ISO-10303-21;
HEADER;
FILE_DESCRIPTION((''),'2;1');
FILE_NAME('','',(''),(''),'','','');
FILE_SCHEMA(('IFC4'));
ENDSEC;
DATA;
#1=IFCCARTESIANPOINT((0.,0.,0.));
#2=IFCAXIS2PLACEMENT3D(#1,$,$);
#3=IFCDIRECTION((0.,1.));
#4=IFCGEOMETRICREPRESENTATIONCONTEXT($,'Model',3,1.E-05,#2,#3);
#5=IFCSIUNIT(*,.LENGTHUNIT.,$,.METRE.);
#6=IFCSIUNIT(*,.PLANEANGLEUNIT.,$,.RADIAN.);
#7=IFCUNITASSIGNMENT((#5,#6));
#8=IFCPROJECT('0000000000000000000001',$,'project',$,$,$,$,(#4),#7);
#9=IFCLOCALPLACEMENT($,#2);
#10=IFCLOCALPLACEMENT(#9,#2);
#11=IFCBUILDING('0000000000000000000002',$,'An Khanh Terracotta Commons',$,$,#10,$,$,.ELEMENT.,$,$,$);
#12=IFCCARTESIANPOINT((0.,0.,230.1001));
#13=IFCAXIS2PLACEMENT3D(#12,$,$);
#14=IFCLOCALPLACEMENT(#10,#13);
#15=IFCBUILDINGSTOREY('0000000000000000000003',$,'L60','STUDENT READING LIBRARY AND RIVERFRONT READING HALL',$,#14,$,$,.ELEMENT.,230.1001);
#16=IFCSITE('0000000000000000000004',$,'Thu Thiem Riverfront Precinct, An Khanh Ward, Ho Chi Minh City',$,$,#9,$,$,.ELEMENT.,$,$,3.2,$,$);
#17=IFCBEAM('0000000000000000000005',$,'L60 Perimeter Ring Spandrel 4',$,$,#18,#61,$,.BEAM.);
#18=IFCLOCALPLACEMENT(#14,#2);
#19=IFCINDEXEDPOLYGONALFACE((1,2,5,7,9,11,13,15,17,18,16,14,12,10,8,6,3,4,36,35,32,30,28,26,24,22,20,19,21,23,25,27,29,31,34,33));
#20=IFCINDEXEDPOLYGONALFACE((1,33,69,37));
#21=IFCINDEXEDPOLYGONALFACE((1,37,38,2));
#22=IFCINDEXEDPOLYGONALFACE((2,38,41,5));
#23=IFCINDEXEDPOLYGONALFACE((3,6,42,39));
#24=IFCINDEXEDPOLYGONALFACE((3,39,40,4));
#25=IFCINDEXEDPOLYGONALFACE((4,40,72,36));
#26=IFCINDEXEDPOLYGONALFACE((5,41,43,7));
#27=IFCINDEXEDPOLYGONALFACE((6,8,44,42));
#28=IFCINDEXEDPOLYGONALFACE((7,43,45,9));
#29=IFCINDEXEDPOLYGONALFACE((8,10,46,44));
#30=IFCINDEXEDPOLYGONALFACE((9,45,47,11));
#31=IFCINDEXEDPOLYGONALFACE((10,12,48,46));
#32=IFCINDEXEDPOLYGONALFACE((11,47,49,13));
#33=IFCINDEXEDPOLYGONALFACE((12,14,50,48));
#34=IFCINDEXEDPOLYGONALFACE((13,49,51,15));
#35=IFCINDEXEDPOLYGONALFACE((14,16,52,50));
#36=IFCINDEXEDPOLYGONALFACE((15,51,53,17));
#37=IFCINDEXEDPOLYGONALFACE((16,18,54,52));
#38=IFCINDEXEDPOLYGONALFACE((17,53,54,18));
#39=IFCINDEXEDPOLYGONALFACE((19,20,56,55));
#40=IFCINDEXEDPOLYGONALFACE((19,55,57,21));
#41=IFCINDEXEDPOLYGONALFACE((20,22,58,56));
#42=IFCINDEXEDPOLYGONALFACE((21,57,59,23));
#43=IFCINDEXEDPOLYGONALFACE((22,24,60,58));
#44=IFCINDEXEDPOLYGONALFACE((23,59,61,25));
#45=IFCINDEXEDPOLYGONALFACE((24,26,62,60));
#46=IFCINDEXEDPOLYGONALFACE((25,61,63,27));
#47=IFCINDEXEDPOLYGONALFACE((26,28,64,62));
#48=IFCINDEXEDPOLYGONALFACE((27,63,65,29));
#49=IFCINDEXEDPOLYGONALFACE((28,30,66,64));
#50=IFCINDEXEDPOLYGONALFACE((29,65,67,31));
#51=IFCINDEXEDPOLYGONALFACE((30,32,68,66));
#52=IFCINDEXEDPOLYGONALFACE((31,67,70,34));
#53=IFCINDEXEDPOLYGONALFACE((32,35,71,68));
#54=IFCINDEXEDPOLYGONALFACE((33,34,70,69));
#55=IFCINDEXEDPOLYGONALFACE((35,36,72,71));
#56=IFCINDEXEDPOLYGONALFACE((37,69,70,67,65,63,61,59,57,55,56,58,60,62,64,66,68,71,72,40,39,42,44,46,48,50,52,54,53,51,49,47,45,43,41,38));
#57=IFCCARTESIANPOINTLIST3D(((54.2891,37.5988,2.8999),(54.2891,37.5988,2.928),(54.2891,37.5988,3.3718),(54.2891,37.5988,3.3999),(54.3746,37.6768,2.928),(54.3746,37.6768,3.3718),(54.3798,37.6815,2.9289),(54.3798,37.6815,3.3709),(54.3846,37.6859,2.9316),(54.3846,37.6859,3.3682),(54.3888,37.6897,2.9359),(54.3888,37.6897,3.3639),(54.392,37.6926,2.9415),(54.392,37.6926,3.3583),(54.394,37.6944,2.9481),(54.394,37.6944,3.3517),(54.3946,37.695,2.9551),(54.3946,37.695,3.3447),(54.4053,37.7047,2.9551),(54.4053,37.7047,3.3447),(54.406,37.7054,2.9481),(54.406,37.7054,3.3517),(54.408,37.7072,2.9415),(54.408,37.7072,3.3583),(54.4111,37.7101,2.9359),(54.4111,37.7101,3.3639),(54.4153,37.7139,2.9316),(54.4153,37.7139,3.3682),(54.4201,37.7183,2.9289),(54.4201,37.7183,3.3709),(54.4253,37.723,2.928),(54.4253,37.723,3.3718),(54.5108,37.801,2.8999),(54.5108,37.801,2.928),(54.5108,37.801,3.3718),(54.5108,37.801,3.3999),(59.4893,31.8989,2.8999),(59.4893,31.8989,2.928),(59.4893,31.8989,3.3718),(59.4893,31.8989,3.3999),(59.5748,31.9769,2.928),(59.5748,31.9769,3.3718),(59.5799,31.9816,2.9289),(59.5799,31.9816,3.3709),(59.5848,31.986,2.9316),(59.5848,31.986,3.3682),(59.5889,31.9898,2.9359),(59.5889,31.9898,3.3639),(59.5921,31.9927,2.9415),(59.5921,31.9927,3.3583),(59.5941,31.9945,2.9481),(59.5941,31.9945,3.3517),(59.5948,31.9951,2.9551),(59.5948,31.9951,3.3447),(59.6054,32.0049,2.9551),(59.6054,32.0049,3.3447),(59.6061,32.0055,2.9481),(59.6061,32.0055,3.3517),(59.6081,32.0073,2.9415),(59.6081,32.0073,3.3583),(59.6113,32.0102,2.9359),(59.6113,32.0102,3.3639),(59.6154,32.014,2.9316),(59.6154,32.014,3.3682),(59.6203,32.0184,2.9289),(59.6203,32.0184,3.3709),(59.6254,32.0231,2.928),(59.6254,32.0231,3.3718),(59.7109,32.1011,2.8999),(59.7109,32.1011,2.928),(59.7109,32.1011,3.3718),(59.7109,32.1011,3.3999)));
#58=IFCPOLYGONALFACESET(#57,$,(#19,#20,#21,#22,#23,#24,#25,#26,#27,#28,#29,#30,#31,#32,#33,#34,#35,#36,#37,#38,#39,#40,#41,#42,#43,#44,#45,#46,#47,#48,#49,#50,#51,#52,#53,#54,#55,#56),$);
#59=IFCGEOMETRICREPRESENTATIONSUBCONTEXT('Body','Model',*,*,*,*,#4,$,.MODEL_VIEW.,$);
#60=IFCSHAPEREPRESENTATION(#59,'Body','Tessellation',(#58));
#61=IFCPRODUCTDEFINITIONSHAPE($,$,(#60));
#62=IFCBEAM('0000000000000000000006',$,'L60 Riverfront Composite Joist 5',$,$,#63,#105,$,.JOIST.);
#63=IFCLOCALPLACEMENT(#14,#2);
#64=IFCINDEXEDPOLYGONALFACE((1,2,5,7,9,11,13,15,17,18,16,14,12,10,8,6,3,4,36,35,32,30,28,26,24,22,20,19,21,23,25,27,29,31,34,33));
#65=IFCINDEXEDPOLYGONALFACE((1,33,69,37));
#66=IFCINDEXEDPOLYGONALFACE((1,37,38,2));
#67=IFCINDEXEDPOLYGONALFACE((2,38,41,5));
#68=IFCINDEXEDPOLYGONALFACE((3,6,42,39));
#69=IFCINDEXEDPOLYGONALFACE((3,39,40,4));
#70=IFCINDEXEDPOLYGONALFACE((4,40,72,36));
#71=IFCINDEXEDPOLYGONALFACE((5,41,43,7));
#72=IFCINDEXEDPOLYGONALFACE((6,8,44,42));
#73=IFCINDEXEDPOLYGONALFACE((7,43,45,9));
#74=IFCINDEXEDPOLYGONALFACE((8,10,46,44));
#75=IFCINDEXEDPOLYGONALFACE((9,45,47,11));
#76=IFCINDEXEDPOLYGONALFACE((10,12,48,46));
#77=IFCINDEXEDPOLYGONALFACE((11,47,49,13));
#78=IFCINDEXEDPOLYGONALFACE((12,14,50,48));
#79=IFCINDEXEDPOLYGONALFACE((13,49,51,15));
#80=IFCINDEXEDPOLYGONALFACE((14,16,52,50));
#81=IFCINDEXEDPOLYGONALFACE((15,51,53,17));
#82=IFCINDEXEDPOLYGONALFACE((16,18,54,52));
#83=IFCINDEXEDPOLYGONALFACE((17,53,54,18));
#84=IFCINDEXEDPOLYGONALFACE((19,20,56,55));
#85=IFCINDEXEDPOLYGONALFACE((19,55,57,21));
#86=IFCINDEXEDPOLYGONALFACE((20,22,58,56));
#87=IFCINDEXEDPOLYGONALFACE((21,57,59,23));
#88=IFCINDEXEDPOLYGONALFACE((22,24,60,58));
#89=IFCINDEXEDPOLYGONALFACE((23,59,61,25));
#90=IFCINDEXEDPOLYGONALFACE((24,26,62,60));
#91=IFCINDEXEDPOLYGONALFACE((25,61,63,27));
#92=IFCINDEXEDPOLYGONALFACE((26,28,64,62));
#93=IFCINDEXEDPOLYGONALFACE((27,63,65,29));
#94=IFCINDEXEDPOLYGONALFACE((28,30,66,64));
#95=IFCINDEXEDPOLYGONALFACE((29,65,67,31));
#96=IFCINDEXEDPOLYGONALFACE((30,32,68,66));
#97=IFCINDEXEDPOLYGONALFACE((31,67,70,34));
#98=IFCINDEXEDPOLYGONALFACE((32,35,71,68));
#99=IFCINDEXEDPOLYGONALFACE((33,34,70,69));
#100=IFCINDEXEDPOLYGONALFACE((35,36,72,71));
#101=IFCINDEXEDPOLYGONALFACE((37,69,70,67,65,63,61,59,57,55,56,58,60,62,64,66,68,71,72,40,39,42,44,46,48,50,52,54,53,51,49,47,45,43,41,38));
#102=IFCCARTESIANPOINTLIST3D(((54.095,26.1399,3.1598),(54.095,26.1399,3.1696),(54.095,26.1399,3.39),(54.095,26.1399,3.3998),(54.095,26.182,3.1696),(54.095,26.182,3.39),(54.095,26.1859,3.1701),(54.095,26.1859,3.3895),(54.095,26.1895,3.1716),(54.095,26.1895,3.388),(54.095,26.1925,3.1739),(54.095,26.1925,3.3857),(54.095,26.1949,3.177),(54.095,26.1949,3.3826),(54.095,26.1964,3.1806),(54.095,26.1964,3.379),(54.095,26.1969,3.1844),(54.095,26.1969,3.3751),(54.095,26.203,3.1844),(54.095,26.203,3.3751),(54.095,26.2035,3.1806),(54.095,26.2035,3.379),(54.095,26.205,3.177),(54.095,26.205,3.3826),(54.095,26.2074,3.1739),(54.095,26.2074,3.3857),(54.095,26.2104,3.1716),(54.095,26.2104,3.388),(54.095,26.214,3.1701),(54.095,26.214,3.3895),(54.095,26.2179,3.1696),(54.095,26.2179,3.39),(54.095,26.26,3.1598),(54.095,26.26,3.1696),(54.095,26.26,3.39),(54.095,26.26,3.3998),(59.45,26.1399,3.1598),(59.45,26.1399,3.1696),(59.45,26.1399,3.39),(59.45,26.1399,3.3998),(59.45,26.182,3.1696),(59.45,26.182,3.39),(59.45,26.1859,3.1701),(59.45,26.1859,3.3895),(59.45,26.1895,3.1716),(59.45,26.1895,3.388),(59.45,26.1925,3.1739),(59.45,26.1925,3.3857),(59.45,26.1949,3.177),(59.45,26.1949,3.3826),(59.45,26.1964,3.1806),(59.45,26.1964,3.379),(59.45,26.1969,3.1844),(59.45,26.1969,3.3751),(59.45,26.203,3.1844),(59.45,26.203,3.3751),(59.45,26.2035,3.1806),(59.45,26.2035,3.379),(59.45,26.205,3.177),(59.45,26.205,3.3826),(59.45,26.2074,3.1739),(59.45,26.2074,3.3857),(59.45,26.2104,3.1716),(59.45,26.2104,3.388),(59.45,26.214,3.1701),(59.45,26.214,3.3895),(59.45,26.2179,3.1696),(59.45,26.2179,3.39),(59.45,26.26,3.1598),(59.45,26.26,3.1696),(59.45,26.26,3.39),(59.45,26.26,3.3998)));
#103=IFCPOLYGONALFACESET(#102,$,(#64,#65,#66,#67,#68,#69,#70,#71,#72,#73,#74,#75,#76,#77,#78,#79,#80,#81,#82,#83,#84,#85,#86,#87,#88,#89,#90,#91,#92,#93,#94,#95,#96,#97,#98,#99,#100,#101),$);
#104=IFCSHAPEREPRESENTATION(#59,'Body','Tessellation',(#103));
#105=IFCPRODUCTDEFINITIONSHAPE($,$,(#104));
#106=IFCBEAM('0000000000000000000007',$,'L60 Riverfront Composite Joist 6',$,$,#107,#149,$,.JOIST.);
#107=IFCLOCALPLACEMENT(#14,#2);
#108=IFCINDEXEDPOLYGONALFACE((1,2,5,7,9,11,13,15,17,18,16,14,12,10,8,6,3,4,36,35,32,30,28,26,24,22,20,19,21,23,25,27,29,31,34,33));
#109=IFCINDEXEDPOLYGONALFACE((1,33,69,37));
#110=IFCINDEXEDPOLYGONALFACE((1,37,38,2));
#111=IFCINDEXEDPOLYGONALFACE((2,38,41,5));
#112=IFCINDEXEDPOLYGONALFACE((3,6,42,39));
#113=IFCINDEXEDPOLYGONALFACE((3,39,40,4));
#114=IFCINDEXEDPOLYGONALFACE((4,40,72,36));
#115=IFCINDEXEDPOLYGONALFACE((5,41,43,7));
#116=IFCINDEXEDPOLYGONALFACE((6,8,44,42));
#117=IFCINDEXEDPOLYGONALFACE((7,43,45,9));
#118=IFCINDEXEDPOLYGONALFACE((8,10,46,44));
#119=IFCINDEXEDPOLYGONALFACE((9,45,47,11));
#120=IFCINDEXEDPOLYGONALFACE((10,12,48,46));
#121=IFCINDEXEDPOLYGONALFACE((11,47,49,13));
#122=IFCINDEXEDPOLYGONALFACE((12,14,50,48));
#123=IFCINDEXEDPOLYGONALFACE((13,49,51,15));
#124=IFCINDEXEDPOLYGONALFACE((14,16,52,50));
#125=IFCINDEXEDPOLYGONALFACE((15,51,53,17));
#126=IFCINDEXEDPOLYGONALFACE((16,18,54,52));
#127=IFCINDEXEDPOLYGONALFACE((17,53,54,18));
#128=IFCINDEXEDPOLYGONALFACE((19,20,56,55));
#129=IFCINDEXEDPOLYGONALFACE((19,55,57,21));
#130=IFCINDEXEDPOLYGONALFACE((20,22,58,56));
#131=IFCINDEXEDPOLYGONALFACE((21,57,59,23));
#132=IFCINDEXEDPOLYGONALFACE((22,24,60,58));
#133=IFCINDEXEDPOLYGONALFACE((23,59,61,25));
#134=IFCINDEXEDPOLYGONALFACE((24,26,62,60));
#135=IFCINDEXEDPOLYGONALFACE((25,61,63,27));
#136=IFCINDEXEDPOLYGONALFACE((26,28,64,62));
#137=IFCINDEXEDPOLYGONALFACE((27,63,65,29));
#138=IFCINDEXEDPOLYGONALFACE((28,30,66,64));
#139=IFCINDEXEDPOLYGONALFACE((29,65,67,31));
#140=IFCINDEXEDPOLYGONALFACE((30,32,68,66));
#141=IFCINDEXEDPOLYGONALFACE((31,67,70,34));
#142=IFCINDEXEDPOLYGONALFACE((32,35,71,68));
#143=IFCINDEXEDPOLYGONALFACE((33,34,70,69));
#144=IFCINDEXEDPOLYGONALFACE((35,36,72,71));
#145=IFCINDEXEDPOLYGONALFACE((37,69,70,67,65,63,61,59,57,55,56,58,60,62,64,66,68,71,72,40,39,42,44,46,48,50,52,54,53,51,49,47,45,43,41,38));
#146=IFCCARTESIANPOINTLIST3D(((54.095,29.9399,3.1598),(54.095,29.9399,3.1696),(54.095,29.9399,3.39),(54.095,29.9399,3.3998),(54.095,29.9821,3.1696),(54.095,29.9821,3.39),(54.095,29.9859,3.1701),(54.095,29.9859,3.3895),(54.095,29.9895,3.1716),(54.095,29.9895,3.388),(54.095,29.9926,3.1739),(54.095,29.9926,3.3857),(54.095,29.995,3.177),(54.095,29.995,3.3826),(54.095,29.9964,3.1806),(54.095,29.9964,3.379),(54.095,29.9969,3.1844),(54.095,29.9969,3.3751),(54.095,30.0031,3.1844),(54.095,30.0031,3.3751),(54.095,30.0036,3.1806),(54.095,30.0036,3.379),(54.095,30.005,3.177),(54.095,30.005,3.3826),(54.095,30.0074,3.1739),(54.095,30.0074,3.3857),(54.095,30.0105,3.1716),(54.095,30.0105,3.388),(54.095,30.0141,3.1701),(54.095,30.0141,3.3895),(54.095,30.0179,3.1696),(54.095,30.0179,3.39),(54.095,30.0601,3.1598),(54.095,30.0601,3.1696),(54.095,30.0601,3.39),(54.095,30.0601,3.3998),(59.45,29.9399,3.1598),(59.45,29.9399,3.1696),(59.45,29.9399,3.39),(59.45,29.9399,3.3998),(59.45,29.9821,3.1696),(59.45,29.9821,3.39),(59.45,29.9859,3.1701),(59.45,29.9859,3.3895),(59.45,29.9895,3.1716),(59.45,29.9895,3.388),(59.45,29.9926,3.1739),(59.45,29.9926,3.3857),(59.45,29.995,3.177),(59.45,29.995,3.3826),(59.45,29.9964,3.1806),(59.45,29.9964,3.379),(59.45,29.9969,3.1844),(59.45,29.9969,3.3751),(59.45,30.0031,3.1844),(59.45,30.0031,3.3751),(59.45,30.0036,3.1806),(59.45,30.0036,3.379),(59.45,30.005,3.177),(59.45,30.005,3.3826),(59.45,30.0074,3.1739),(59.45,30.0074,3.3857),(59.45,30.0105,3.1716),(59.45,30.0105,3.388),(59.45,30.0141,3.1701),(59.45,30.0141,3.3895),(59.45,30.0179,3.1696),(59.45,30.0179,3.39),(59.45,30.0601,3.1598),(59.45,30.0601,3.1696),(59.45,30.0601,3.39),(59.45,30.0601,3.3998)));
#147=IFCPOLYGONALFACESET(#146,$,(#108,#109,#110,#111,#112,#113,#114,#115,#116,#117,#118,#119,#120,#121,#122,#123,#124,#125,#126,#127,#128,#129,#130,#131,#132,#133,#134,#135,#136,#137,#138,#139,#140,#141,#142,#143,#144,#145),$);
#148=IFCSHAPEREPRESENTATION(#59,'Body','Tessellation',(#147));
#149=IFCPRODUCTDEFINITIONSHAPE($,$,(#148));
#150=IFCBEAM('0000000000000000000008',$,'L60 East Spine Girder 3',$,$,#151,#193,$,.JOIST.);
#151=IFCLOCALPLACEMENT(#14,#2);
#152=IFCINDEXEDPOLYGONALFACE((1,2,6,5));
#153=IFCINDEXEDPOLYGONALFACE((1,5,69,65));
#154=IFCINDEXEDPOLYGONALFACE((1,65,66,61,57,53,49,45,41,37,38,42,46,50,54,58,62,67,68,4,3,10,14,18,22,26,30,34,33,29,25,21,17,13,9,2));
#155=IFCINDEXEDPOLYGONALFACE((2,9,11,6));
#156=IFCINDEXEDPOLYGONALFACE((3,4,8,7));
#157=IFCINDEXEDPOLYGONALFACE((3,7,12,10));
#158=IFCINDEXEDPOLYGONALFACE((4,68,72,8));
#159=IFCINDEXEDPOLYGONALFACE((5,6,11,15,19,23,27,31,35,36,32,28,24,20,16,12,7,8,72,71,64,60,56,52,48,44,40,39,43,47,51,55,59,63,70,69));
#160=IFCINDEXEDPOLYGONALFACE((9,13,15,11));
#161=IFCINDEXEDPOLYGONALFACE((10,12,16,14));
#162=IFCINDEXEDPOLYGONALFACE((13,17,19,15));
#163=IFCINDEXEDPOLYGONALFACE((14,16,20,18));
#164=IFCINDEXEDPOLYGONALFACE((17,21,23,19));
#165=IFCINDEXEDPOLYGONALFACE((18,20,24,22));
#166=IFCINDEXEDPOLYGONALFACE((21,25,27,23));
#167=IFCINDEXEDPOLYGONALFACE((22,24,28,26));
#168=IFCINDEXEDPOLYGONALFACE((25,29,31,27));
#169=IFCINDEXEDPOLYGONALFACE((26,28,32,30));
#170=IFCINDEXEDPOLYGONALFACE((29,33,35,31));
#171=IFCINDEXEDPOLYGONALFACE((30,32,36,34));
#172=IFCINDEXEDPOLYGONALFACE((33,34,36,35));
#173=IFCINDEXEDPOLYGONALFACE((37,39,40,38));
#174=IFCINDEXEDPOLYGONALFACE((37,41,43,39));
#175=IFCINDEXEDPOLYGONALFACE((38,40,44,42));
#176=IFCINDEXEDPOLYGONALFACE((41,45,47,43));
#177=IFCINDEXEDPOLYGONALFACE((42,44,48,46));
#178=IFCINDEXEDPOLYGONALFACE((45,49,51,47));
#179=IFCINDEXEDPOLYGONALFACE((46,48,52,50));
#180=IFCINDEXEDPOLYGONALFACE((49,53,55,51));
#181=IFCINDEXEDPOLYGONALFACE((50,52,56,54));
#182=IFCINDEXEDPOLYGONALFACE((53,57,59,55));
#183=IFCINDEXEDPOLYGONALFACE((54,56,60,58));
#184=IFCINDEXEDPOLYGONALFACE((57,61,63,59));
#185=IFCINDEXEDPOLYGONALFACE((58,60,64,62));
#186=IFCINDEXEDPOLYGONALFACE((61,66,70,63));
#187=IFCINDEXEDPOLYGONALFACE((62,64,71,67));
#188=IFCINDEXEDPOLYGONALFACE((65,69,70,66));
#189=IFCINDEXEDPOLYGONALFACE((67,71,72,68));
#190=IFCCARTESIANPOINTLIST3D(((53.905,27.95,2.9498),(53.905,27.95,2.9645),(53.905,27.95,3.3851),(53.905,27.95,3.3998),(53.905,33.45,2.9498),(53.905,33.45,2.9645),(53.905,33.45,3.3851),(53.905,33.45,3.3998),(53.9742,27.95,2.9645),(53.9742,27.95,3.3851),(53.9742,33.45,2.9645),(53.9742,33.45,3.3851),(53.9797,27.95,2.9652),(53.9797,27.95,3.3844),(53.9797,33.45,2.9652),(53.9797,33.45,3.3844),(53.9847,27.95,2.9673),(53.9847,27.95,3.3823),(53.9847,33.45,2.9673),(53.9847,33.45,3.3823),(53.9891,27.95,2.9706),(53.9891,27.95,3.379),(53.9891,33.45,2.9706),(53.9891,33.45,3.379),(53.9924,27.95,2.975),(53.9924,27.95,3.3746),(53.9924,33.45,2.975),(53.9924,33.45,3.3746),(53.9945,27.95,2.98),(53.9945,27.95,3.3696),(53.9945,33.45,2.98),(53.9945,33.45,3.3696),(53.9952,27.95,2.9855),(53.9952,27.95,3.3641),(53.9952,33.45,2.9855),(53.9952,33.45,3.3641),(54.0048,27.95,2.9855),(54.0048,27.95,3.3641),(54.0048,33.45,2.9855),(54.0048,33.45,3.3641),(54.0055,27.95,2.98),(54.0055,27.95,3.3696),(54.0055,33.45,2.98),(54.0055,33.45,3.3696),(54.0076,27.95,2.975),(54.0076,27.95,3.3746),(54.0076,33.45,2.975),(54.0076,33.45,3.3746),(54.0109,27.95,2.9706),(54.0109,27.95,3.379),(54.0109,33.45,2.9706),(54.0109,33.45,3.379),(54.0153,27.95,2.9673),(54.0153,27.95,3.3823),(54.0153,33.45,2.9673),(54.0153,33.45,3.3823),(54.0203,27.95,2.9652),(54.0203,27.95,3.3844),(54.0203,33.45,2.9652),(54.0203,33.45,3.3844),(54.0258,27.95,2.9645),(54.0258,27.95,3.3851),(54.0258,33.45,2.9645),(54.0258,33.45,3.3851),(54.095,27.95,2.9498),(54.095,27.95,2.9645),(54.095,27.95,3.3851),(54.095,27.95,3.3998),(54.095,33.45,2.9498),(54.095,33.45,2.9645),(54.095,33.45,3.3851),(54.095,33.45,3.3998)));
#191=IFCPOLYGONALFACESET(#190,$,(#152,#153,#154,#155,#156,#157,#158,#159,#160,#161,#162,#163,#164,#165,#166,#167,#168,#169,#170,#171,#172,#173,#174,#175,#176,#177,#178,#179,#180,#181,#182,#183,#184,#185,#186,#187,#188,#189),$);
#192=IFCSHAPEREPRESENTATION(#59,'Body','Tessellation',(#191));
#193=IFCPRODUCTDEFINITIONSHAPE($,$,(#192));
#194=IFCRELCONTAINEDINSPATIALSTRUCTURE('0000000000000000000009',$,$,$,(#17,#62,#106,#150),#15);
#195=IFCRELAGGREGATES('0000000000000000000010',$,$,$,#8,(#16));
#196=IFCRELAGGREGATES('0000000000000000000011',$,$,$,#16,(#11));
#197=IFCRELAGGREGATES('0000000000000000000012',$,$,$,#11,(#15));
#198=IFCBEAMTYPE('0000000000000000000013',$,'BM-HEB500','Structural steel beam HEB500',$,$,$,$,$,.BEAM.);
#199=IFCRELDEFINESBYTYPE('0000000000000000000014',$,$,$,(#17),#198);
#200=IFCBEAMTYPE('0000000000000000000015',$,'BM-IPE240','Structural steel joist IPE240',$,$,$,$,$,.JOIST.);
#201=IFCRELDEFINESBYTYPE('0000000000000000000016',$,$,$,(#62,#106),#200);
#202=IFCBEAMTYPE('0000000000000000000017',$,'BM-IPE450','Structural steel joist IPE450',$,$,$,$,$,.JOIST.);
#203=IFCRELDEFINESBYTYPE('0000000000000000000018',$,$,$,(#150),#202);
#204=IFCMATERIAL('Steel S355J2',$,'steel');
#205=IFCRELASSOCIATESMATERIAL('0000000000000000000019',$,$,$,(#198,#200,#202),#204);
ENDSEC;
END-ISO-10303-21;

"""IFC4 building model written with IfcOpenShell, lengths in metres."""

from ifc_helpers import new_model, si_unit, direction, frame, origin, origin_2d, place, context, subcontext, project, spatial, i_section, extrude, material, material_profile, profile_set, type_object, element, save


model = new_model("IFC4")

# Units and contexts
model_context = context("Model", 3, precision=1e-05, world=origin(), true_north=direction((0.0, 1.0)))
body_context = subcontext(model_context, "Body", "Model", "MODEL_VIEW")
ifc_project = project(units=[si_unit("LENGTHUNIT", "METRE"), si_unit("PLANEANGLEUNIT", "RADIAN")], contexts=[model_context])

# Site, building, storey
site_placement = place(None, origin())
site = spatial("IfcSite", under=ifc_project, at=site_placement, Name="Thu Thiem Riverfront Precinct, An Khanh Ward, Ho Chi Minh City", CompositionType="ELEMENT", RefElevation=3.2)
building_placement = place(site_placement, origin())
building = spatial("IfcBuilding", under=site, at=building_placement, Name="An Khanh Terracotta Commons", CompositionType="ELEMENT")
storey_placement = place(building_placement, frame((0.0, 0.0, 230.1001)))
storey = spatial("IfcBuildingStorey", under=building, at=storey_placement, Name="L60", Description="STUDENT READING LIBRARY AND RIVERFRONT READING HALL", CompositionType="ELEMENT", Elevation=230.1001)

# Beams
ifc_material_1 = material(Name="Steel S355J2", Category="steel")
ifc_material_profile_1 = material_profile(ifc_material_1, i_section(OverallWidth=0.3, OverallDepth=0.5, WebThickness=0.0144, FlangeThickness=0.0281, FilletRadius=0.0271, at=origin_2d()), Name="HEB500")
ifc_profile_set_1 = profile_set([ifc_material_profile_1], Name="Steel S355J2")
beam_type_1 = type_object("IfcBeamType", Name="BM-HEB500", Description="Structural steel beam HEB500", PredefinedType="BEAM", material=ifc_profile_set_1)
beam_1_placement = place(storey_placement, frame((59.6001, 32.0, 3.1499), z_axis=(-0.673979, 0.738751, 0.0), x_axis=(-0.738751, -0.673979, 0.0)))
element("IfcBeam", 1, at=beam_1_placement, inside=storey, type_object=beam_type_1, Name="L60 Perimeter Ring Spandrel 4", PredefinedType="BEAM", context=body_context, shape_type="SweptSolid", body=[
    extrude(i_section(OverallWidth=0.3, OverallDepth=0.5, WebThickness=0.0144, FlangeThickness=0.0281, FilletRadius=0.0271, at=origin_2d()), origin(), (0.0, 0.0, 1.0), 7.7156),
])
ifc_material_profile_2 = material_profile(ifc_material_1, i_section(OverallWidth=0.1201, OverallDepth=0.24, WebThickness=0.0061, FlangeThickness=0.0098, FilletRadius=0.0149, at=origin_2d()), Name="IPE240")
ifc_profile_set_2 = profile_set([ifc_material_profile_2], Name="Steel S355J2")
beam_type_2 = type_object("IfcBeamType", Name="BM-IPE240", Description="Structural steel joist IPE240", PredefinedType="JOIST", material=ifc_profile_set_2)
for number, where, z_axis, x_axis, name in (
    (2, (54.095, 26.2, 3.2798), (1.0, 0.0, 0.0), (0.0, 1.0, 0.0), "L60 Riverfront Composite Joist 5"),
    (3, (54.095, 30.0, 3.2798), (1.0, 0.0, 0.0), (0.0, 1.0, 0.0), "L60 Riverfront Composite Joist 6"),
):
    element("IfcBeam", number, at=place(storey_placement, frame(where, z_axis=z_axis, x_axis=x_axis)), inside=storey, type_object=beam_type_2, Name=name, PredefinedType="JOIST", context=body_context, shape_type="SweptSolid", body=[
        extrude(i_section(OverallWidth=0.1201, OverallDepth=0.24, WebThickness=0.0061, FlangeThickness=0.0098, FilletRadius=0.0149, at=origin_2d()), origin(), (0.0, 0.0, 1.0), 5.355),
    ])
ifc_material_profile_3 = material_profile(ifc_material_1, i_section(OverallWidth=0.1899, OverallDepth=0.45, WebThickness=0.0095, FlangeThickness=0.0146, FilletRadius=0.021, at=origin_2d()), Name="IPE450")
ifc_profile_set_3 = profile_set([ifc_material_profile_3], Name="Steel S355J2")
beam_type_3 = type_object("IfcBeamType", Name="BM-IPE450", Description="Structural steel joist IPE450", PredefinedType="JOIST", material=ifc_profile_set_3)
beam_2_placement = place(storey_placement, frame((54.0, 27.95, 3.1748), z_axis=(0.0, 1.0, 0.0), x_axis=(-1.0, 0.0, 0.0)))
element("IfcBeam", 4, at=beam_2_placement, inside=storey, type_object=beam_type_3, Name="L60 East Spine Girder 3", PredefinedType="JOIST", context=body_context, shape_type="SweptSolid", body=[
    extrude(i_section(OverallWidth=0.1899, OverallDepth=0.45, WebThickness=0.0095, FlangeThickness=0.0146, FilletRadius=0.021, at=origin_2d()), origin(), (0.0, 0.0, 1.0), 5.5),
])

save(model, "model.ifc")
